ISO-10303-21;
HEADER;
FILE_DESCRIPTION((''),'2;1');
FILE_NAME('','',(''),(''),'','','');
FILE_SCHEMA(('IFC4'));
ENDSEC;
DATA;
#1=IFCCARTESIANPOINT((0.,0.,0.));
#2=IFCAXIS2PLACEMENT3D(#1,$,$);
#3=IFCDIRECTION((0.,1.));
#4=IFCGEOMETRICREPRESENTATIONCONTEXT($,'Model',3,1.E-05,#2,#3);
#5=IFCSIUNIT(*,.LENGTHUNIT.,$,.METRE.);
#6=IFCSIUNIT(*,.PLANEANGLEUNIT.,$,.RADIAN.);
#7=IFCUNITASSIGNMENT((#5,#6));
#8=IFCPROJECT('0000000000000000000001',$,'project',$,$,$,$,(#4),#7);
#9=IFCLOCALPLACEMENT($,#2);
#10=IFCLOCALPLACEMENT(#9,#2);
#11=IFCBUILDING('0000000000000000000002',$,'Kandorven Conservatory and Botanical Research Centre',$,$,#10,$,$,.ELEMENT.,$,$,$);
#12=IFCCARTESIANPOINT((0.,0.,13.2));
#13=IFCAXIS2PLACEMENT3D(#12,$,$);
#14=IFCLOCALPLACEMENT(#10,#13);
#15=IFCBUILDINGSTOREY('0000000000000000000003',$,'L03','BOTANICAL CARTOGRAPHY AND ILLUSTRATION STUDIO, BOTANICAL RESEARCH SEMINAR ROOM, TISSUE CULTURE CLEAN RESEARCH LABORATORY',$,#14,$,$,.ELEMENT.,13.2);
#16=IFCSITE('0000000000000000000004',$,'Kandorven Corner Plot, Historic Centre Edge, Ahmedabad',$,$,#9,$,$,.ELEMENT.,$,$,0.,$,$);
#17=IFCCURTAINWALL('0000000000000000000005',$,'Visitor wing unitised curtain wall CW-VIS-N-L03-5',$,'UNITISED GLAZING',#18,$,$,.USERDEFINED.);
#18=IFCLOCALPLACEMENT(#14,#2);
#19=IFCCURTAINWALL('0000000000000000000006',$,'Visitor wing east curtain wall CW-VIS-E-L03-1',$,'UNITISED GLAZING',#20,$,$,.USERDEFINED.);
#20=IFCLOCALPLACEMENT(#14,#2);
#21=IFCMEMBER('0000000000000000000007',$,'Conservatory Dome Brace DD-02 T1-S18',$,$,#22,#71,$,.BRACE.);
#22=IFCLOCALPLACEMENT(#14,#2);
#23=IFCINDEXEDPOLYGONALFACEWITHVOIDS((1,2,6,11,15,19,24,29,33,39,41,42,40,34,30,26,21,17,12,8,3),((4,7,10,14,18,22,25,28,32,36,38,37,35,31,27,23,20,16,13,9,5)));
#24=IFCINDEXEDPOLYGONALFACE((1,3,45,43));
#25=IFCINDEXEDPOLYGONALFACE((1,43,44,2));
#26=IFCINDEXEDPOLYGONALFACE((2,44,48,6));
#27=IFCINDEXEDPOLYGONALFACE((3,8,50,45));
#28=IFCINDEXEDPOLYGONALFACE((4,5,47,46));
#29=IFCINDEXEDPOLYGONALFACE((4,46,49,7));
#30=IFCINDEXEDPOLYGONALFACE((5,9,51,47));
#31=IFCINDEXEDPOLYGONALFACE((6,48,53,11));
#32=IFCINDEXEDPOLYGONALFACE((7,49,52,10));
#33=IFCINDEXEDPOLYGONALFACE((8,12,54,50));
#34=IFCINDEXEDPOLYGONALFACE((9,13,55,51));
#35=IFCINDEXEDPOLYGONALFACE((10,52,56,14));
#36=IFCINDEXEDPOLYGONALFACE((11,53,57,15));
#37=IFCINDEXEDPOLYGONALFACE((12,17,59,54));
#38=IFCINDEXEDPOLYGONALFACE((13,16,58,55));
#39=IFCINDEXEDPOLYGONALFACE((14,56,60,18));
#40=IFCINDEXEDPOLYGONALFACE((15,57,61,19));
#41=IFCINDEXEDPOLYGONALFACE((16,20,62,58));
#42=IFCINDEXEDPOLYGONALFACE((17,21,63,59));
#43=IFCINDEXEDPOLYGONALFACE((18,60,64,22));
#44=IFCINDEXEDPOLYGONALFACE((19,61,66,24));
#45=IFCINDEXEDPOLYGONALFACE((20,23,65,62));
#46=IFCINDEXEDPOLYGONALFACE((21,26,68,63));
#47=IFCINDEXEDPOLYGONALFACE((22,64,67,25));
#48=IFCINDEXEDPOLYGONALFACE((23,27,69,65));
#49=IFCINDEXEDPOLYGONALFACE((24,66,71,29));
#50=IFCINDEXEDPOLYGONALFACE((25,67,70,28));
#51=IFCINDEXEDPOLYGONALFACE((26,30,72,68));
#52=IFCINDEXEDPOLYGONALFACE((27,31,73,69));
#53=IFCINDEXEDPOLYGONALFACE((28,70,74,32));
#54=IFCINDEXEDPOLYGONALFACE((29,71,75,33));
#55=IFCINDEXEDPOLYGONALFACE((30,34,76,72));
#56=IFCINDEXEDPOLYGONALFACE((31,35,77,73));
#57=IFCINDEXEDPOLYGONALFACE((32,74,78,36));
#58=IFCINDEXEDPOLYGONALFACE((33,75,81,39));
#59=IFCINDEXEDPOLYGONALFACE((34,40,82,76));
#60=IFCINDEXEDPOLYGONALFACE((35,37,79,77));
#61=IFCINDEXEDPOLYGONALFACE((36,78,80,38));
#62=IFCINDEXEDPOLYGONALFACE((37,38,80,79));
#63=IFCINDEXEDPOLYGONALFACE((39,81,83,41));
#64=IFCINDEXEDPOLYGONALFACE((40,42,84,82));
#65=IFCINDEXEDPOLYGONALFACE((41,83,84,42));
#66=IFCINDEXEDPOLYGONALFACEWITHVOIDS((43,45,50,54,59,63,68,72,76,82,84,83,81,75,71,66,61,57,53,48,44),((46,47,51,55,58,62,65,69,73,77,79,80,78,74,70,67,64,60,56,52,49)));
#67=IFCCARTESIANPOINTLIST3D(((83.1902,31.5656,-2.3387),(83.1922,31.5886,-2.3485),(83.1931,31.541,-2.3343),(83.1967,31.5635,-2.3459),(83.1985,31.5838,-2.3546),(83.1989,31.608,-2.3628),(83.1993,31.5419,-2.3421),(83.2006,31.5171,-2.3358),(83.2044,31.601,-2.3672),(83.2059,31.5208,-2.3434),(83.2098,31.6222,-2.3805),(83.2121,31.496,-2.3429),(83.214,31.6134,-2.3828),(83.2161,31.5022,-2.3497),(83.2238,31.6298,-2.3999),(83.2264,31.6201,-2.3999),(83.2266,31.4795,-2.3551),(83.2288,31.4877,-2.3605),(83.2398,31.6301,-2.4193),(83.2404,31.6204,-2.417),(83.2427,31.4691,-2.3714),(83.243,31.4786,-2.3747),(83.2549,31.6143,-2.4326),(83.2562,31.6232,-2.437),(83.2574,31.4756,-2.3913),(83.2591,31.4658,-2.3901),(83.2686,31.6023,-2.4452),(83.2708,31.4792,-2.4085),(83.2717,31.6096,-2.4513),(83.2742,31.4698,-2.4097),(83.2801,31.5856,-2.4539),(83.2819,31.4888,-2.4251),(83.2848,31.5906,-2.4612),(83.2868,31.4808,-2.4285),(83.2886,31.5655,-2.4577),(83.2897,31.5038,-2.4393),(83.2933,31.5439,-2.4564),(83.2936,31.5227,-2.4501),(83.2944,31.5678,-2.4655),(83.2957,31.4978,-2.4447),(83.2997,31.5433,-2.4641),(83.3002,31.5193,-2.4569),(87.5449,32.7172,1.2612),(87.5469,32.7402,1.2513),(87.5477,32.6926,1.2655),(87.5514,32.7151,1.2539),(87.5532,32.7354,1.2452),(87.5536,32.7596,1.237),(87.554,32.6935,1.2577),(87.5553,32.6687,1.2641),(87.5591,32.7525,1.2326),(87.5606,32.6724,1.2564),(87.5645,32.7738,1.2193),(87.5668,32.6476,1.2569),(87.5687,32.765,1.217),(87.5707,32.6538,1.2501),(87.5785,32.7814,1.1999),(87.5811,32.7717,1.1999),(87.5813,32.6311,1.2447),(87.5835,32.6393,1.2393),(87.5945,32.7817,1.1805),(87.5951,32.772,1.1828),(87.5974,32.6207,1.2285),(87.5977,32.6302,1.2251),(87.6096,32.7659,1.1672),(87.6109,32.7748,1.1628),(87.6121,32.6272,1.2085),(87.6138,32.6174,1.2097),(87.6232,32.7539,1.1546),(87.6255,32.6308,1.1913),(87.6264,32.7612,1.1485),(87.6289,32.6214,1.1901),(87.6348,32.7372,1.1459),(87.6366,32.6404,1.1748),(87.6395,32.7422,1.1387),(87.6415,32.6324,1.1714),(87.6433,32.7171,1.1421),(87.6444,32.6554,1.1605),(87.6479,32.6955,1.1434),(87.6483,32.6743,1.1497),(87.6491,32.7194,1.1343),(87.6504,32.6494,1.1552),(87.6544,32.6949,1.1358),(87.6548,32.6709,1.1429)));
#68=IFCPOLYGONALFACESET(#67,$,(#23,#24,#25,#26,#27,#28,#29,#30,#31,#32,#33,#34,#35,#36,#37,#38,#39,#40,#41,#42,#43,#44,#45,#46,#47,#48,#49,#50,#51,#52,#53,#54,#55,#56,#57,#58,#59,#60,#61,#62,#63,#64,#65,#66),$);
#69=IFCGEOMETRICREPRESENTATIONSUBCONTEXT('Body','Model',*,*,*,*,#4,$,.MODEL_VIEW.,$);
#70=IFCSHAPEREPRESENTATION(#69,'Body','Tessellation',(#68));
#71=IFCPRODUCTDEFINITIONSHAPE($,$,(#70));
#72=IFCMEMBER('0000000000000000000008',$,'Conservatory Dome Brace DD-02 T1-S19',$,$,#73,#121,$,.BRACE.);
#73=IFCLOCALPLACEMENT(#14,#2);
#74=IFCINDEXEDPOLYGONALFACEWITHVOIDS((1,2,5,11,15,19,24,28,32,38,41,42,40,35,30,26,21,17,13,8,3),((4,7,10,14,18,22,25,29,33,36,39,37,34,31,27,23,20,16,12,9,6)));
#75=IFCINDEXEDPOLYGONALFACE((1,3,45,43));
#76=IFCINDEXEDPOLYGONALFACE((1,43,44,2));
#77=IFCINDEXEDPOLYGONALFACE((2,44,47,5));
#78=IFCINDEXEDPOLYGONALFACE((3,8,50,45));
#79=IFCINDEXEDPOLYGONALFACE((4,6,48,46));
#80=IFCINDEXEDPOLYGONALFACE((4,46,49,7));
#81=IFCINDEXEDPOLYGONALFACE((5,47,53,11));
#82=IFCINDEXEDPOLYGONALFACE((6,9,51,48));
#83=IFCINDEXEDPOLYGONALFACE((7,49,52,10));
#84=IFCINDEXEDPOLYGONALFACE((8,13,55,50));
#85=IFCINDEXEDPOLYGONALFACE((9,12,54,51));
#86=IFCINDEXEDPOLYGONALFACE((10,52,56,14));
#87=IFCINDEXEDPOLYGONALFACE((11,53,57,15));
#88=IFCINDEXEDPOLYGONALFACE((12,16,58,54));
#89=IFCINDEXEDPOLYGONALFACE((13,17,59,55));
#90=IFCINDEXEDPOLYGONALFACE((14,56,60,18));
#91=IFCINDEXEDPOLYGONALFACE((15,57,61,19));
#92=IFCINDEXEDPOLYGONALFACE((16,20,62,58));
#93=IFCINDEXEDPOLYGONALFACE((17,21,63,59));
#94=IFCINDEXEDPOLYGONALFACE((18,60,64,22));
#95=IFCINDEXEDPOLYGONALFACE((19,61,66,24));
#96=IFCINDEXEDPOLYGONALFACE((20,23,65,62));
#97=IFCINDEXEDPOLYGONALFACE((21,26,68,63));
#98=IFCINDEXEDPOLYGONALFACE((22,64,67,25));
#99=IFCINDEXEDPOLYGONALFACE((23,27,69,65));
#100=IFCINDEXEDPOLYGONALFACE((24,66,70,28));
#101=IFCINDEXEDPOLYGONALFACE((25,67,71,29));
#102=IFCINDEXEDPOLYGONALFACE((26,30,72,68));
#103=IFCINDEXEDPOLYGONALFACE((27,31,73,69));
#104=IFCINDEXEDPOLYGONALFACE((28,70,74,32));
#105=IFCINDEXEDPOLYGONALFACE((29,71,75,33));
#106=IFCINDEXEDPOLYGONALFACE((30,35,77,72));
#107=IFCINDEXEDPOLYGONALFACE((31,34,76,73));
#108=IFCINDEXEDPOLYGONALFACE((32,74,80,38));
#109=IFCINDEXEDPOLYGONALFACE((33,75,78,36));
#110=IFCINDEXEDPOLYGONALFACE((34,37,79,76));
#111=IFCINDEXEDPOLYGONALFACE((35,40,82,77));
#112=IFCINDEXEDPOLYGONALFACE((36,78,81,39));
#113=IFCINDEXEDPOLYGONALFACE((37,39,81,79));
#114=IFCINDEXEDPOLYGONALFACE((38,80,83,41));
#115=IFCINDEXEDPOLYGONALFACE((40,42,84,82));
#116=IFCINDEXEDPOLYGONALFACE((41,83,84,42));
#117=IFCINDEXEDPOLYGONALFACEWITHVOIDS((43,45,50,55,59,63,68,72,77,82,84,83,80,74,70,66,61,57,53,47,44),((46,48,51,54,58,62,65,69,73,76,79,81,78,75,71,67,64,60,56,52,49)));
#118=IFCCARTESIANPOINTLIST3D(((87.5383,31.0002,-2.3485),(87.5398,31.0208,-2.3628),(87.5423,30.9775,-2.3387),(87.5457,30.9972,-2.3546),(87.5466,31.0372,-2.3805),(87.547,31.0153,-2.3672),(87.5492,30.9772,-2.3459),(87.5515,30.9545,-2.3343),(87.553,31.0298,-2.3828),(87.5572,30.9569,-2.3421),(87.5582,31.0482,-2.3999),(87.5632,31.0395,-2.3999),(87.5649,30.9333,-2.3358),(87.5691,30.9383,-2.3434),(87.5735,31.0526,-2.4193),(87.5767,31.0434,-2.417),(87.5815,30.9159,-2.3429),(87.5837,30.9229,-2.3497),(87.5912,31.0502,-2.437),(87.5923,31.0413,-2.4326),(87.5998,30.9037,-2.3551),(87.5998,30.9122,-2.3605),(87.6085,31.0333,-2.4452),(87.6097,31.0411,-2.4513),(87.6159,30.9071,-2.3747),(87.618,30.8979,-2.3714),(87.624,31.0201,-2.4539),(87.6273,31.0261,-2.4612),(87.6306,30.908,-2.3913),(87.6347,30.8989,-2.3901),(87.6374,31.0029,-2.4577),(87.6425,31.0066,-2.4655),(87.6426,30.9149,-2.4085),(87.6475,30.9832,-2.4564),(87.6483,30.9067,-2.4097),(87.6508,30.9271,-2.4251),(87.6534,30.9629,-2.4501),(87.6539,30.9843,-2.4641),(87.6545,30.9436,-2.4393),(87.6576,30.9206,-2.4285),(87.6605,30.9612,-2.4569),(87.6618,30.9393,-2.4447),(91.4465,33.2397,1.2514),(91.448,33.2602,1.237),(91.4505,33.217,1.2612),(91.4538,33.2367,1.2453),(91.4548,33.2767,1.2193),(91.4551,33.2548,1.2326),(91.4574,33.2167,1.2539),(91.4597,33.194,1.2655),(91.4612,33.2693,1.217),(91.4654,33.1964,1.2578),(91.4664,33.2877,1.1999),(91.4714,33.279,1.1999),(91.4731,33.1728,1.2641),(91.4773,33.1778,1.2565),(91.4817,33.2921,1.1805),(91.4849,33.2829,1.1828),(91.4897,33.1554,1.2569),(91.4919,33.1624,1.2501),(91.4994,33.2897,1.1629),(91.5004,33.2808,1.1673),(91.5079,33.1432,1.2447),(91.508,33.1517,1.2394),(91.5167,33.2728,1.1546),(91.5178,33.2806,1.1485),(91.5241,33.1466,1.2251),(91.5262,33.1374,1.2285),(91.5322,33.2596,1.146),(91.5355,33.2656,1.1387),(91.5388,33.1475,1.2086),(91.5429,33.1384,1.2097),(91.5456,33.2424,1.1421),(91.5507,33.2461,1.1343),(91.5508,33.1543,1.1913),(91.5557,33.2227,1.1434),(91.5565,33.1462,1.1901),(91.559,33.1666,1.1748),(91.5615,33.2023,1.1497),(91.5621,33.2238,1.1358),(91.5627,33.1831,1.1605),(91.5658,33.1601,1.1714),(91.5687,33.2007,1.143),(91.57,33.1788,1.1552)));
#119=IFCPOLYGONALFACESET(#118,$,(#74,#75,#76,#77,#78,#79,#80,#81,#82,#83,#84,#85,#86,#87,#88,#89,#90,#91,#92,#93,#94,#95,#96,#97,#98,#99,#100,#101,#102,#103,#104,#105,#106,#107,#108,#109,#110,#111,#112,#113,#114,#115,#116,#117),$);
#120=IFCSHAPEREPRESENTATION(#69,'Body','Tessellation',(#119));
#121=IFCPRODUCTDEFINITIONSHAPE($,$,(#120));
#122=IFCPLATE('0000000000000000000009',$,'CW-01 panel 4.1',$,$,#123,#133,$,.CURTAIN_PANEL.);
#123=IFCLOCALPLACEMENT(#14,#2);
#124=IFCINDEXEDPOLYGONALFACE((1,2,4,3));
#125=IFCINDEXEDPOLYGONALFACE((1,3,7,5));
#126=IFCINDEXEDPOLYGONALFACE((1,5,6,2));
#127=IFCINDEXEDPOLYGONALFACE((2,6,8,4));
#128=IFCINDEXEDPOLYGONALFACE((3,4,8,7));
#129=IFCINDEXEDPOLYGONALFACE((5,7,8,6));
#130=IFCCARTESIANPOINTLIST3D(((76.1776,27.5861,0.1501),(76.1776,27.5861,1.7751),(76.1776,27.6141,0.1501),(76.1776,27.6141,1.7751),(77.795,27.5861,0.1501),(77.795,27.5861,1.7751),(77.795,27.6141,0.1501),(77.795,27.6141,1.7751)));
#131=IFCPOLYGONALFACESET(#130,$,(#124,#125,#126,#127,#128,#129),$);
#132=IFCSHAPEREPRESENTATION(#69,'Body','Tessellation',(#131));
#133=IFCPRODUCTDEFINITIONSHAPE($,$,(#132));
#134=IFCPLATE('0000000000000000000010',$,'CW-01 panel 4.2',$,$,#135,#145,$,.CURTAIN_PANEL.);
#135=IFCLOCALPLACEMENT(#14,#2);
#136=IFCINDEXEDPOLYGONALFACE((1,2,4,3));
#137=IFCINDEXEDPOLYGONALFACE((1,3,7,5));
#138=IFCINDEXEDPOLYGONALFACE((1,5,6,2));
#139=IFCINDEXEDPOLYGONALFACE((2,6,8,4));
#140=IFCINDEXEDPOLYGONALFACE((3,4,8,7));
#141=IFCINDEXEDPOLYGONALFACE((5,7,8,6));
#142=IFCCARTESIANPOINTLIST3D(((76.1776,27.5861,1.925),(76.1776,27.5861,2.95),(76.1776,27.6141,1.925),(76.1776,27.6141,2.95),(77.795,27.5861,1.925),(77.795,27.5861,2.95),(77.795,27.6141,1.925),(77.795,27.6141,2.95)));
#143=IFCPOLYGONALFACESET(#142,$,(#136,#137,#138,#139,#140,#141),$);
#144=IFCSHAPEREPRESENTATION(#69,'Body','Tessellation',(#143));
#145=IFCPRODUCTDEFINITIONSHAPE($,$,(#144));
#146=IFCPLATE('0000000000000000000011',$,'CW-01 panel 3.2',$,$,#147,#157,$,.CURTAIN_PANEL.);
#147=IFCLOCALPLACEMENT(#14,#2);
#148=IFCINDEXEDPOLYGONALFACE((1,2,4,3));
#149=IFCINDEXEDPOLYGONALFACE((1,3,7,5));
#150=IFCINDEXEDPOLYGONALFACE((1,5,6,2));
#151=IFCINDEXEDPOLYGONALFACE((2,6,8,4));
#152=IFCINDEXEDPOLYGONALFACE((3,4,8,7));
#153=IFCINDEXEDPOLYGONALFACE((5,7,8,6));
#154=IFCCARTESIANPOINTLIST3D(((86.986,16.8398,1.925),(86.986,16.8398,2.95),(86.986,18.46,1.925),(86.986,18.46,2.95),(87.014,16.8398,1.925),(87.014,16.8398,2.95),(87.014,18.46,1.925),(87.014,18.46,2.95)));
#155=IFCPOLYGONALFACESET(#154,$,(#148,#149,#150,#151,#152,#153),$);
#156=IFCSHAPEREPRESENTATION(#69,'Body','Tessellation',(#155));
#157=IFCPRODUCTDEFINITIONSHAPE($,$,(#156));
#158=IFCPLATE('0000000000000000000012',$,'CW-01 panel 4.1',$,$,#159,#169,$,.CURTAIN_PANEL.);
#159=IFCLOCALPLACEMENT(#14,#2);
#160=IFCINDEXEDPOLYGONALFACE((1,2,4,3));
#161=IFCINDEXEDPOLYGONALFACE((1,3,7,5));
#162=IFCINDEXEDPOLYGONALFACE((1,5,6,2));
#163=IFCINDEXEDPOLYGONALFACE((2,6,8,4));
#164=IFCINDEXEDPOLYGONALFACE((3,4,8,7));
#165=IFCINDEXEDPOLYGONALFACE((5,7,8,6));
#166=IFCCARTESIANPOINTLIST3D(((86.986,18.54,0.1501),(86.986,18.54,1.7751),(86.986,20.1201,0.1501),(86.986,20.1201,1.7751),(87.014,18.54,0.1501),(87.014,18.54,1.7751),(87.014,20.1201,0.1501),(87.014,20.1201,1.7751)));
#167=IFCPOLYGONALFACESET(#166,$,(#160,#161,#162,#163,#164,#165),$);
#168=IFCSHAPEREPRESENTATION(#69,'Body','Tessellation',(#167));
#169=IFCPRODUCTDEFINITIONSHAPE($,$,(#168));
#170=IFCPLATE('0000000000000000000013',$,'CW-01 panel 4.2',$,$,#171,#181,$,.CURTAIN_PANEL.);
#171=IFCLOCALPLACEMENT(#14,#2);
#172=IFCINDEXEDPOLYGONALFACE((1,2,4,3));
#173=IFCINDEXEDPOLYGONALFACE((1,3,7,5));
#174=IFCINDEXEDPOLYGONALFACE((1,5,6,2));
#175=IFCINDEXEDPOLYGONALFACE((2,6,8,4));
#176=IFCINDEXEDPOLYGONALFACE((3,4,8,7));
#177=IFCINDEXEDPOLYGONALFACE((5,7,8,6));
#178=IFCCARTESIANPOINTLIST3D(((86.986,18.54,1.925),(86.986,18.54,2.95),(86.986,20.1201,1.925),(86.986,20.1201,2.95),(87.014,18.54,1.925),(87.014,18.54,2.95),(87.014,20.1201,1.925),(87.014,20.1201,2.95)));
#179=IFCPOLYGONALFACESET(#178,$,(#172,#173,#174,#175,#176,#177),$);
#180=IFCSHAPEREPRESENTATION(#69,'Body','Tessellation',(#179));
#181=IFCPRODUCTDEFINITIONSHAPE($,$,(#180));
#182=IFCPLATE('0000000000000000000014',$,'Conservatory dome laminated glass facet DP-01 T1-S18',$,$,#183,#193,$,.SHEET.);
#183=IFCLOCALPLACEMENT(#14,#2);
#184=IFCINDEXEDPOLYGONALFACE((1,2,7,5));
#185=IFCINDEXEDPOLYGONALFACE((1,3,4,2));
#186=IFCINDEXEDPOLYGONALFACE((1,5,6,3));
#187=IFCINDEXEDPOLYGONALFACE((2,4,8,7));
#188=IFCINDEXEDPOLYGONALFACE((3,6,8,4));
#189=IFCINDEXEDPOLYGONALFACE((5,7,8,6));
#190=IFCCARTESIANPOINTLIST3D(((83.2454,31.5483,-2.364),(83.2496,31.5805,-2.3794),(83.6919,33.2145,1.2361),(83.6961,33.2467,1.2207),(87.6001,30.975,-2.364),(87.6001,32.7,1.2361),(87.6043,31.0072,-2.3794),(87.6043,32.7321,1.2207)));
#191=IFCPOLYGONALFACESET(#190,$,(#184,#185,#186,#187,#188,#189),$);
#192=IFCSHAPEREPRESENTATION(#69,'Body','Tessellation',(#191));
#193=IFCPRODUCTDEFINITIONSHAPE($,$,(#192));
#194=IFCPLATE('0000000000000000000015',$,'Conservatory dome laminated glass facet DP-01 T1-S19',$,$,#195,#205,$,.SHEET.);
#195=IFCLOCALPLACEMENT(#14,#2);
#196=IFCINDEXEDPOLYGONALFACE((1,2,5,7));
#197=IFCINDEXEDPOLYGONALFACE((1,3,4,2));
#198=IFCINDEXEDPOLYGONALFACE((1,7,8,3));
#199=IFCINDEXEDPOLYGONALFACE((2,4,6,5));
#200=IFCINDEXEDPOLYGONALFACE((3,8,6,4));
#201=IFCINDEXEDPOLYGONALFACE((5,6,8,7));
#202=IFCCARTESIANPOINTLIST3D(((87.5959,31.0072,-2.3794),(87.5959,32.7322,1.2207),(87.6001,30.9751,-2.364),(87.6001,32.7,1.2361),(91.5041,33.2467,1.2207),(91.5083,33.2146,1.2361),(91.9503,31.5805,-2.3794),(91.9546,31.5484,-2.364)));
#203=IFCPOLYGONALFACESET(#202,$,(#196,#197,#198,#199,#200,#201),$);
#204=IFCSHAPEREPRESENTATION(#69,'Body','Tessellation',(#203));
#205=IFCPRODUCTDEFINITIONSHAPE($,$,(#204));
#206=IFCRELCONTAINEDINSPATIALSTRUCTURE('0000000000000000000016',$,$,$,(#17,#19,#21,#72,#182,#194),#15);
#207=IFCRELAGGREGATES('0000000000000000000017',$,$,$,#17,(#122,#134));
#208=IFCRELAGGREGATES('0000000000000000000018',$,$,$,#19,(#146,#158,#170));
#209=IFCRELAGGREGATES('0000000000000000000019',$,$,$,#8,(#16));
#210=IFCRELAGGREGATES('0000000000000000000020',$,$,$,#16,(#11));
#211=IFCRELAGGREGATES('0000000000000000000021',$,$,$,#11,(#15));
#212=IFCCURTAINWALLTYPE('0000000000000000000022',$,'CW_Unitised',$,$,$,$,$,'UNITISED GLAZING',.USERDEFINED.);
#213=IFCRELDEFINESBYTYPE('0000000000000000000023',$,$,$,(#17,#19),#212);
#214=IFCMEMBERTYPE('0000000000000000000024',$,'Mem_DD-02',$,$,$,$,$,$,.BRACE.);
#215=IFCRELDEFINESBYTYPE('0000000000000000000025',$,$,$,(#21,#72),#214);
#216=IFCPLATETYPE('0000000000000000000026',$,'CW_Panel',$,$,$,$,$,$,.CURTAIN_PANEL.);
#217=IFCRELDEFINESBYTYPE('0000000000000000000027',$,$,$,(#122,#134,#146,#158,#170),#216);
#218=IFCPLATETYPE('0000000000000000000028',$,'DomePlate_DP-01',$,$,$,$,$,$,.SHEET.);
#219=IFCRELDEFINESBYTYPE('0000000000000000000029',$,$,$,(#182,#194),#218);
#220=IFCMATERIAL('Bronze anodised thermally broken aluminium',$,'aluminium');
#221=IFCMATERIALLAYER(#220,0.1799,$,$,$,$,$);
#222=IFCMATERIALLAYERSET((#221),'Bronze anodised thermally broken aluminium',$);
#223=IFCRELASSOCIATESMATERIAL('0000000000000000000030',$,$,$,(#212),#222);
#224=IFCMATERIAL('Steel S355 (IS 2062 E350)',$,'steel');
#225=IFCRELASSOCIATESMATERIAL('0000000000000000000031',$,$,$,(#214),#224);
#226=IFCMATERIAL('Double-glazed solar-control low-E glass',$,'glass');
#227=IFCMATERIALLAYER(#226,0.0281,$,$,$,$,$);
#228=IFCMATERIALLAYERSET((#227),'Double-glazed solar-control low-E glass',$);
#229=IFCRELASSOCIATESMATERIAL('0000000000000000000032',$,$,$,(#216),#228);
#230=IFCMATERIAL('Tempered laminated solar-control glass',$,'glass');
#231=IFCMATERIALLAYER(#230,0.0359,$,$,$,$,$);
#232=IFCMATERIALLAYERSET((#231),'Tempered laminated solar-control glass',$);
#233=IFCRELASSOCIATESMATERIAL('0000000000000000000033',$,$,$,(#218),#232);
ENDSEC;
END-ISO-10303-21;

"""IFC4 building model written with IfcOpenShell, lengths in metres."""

from ifc_helpers import new_model, si_unit, direction, frame, origin, origin_2d, place, context, subcontext, project, spatial, polyline, rectangle, hollow_circle, outline, extrude, material, layer, layer_set, material_profile, profile_set, type_object, element, aggregate, save


model = new_model("IFC4")

# Units and contexts
model_context = context("Model", 3, precision=1e-05, world=origin(), true_north=direction((0.0, 1.0)))
body_context = subcontext(model_context, "Body", "Model", "MODEL_VIEW")
ifc_project = project(units=[si_unit("LENGTHUNIT", "METRE"), si_unit("PLANEANGLEUNIT", "RADIAN")], contexts=[model_context])

# Site, building, storey
site_placement = place(None, origin())
site = spatial("IfcSite", under=ifc_project, at=site_placement, Name="Kandorven Corner Plot, Historic Centre Edge, Ahmedabad", CompositionType="ELEMENT", RefElevation=0.0)
building_placement = place(site_placement, origin())
building = spatial("IfcBuilding", under=site, at=building_placement, Name="Kandorven Conservatory and Botanical Research Centre", CompositionType="ELEMENT")
storey_placement = place(building_placement, frame((0.0, 0.0, 13.2)))
storey = spatial("IfcBuildingStorey", under=building, at=storey_placement, Name="L03", Description="BOTANICAL CARTOGRAPHY AND ILLUSTRATION STUDIO, BOTANICAL RESEARCH SEMINAR ROOM, TISSUE CULTURE CLEAN RESEARCH LABORATORY", CompositionType="ELEMENT", Elevation=13.2)

# Curtain walls
ifc_material_1 = material(Name="Bronze anodised thermally broken aluminium", Category="aluminium")
ifc_layer_1 = layer(ifc_material_1, 0.1799)
ifc_layer_set_1 = layer_set([ifc_layer_1], Name="Bronze anodised thermally broken aluminium")
curtain_wall_type = type_object("IfcCurtainWallType", Name="CW_Unitised", ElementType="UNITISED GLAZING", PredefinedType="USERDEFINED", material=ifc_layer_set_1)
curtain_wall_1_placement = place(storey_placement, origin())
curtain_wall_1 = element("IfcCurtainWall", 1, at=curtain_wall_1_placement, inside=storey, type_object=curtain_wall_type, Name="Visitor wing unitised curtain wall CW-VIS-N-L03-5", ObjectType="UNITISED GLAZING", PredefinedType="USERDEFINED")
curtain_wall_2_placement = place(storey_placement, origin())
curtain_wall_2 = element("IfcCurtainWall", 2, at=curtain_wall_2_placement, inside=storey, type_object=curtain_wall_type, Name="Visitor wing east curtain wall CW-VIS-E-L03-1", ObjectType="UNITISED GLAZING", PredefinedType="USERDEFINED")

# Members
ifc_material_2 = material(Name="Steel S355 (IS 2062 E350)", Category="steel")
ifc_material_profile_1 = material_profile(ifc_material_2, hollow_circle(Radius=0.0842, WallThickness=0.01, at=origin_2d()))
ifc_profile_set_1 = profile_set([ifc_material_profile_1], Name="Steel S355 (IS 2062 E350)")
member_type_1 = type_object("IfcMemberType", Name="Mem_DD-02", PredefinedType="BRACE", material=ifc_profile_set_1)
for number, where, z_axis, x_axis, name in (
    (3, (83.2454, 31.5483, -2.3999), (0.75522, 0.199718, 0.624304), (-0.255662, 0.966766, 0.0), "Conservatory Dome Brace DD-02 T1-S18"),
    (4, (87.6001, 30.9751, -2.3999), (0.677785, 0.388388, 0.624309), (-0.497183, 0.867645, 0.0), "Conservatory Dome Brace DD-02 T1-S19"),
):
    element("IfcMember", number, at=place(storey_placement, frame(where, z_axis=z_axis, x_axis=x_axis)), inside=storey, type_object=member_type_1, Name=name, PredefinedType="BRACE", context=body_context, shape_type="SweptSolid", body=[
        extrude(hollow_circle(Radius=0.0842, WallThickness=0.01, at=origin_2d()), origin(), (0.0, 0.0, 1.0), 5.7661),
    ])

# Plates
ifc_material_3 = material(Name="Double-glazed solar-control low-E glass", Category="glass")
ifc_layer_2 = layer(ifc_material_3, 0.0281)
ifc_layer_set_2 = layer_set([ifc_layer_2], Name="Double-glazed solar-control low-E glass")
plate_type_1 = type_object("IfcPlateType", Name="CW_Panel", PredefinedType="CURTAIN_PANEL", material=ifc_layer_set_2)
plate_1_placement = place(storey_placement, frame((76.9863, 27.6001, 0.1501), z_axis=(0.0, 0.0, 1.0), x_axis=(1.0, 0.0, 0.0)))
plate_1 = element("IfcPlate", 5, at=plate_1_placement, type_object=plate_type_1, Name="CW-01 panel 4.1", PredefinedType="CURTAIN_PANEL", context=body_context, shape_type="SweptSolid", body=[
    extrude(rectangle(XDim=1.6174, YDim=0.0281, at=origin_2d()), origin(), (0.0, 0.0, 1.0), 1.625),
])
plate_2_placement = place(storey_placement, frame((76.9863, 27.6001, 1.925), z_axis=(0.0, 0.0, 1.0), x_axis=(1.0, 0.0, 0.0)))
plate_2 = element("IfcPlate", 6, at=plate_2_placement, type_object=plate_type_1, Name="CW-01 panel 4.2", PredefinedType="CURTAIN_PANEL", context=body_context, shape_type="SweptSolid", body=[
    extrude(rectangle(XDim=1.6174, YDim=0.0281, at=origin_2d()), origin(), (0.0, 0.0, 1.0), 1.0249),
])
aggregate(curtain_wall_1, [plate_1, plate_2])
plate_3_placement = place(storey_placement, frame((87.0, 17.6499, 1.925), z_axis=(0.0, 0.0, 1.0), x_axis=(0.0, 1.0, 0.0)))
plate_3 = element("IfcPlate", 7, at=plate_3_placement, type_object=plate_type_1, Name="CW-01 panel 3.2", PredefinedType="CURTAIN_PANEL", context=body_context, shape_type="SweptSolid", body=[
    extrude(rectangle(XDim=1.6201, YDim=0.0281, at=origin_2d()), origin(), (0.0, 0.0, 1.0), 1.0249),
])
plate_4_placement = place(storey_placement, frame((87.0, 19.3301, 0.1501), z_axis=(0.0, 0.0, 1.0), x_axis=(0.0, 1.0, 0.0)))
plate_4 = element("IfcPlate", 8, at=plate_4_placement, type_object=plate_type_1, Name="CW-01 panel 4.1", PredefinedType="CURTAIN_PANEL", context=body_context, shape_type="SweptSolid", body=[
    extrude(rectangle(XDim=1.5801, YDim=0.0281, at=origin_2d()), origin(), (0.0, 0.0, 1.0), 1.625),
])
plate_5_placement = place(storey_placement, frame((87.0, 19.3301, 1.925), z_axis=(0.0, 0.0, 1.0), x_axis=(0.0, 1.0, 0.0)))
plate_5 = element("IfcPlate", 9, at=plate_5_placement, type_object=plate_type_1, Name="CW-01 panel 4.2", PredefinedType="CURTAIN_PANEL", context=body_context, shape_type="SweptSolid", body=[
    extrude(rectangle(XDim=1.5801, YDim=0.0281, at=origin_2d()), origin(), (0.0, 0.0, 1.0), 1.0249),
])
aggregate(curtain_wall_2, [plate_3, plate_4, plate_5])

# Plates
ifc_material_4 = material(Name="Tempered laminated solar-control glass", Category="glass")
ifc_layer_3 = layer(ifc_material_4, 0.0359)
ifc_layer_set_3 = layer_set([ifc_layer_3], Name="Tempered laminated solar-control glass")
plate_type_2 = type_object("IfcPlateType", Name="DomePlate_DP-01", PredefinedType="SHEET", material=ifc_layer_set_3)
plate_6_placement = place(storey_placement, frame((83.2454, 31.5483, -2.364), z_axis=(-0.117905, -0.895535, 0.429087), x_axis=(0.991445, -0.130529, 0.000009)))
element("IfcPlate", 10, at=plate_6_placement, inside=storey, type_object=plate_type_2, Name="Conservatory dome laminated glass facet DP-01 T1-S18", PredefinedType="SHEET", context=body_context, shape_type="SweptSolid", body=[
    extrude(outline(polyline([(0.0, 0.0), (4.3923, 0.0), (4.1672, 3.9856), (0.2252, 3.9857), (0.0, 0.0)])), origin(), (0.0, 0.0, -1.0), 0.0359),
])
plate_7_placement = place(storey_placement, frame((87.6001, 30.9751, -2.364), z_axis=(0.117909, -0.895536, 0.429084), x_axis=(0.991444, 0.130533, -0.000007)))
element("IfcPlate", 11, at=plate_7_placement, inside=storey, type_object=plate_type_2, Name="Conservatory dome laminated glass facet DP-01 T1-S19", PredefinedType="SHEET", context=body_context, shape_type="SweptSolid", body=[
    extrude(outline(polyline([(0.0, 0.0), (4.3921, 0.0), (4.1671, 3.9857), (0.2251, 3.9856), (0.0, 0.0)])), origin(), (0.0, 0.0, -1.0), 0.0359),
])

save(model, "model.ifc")
